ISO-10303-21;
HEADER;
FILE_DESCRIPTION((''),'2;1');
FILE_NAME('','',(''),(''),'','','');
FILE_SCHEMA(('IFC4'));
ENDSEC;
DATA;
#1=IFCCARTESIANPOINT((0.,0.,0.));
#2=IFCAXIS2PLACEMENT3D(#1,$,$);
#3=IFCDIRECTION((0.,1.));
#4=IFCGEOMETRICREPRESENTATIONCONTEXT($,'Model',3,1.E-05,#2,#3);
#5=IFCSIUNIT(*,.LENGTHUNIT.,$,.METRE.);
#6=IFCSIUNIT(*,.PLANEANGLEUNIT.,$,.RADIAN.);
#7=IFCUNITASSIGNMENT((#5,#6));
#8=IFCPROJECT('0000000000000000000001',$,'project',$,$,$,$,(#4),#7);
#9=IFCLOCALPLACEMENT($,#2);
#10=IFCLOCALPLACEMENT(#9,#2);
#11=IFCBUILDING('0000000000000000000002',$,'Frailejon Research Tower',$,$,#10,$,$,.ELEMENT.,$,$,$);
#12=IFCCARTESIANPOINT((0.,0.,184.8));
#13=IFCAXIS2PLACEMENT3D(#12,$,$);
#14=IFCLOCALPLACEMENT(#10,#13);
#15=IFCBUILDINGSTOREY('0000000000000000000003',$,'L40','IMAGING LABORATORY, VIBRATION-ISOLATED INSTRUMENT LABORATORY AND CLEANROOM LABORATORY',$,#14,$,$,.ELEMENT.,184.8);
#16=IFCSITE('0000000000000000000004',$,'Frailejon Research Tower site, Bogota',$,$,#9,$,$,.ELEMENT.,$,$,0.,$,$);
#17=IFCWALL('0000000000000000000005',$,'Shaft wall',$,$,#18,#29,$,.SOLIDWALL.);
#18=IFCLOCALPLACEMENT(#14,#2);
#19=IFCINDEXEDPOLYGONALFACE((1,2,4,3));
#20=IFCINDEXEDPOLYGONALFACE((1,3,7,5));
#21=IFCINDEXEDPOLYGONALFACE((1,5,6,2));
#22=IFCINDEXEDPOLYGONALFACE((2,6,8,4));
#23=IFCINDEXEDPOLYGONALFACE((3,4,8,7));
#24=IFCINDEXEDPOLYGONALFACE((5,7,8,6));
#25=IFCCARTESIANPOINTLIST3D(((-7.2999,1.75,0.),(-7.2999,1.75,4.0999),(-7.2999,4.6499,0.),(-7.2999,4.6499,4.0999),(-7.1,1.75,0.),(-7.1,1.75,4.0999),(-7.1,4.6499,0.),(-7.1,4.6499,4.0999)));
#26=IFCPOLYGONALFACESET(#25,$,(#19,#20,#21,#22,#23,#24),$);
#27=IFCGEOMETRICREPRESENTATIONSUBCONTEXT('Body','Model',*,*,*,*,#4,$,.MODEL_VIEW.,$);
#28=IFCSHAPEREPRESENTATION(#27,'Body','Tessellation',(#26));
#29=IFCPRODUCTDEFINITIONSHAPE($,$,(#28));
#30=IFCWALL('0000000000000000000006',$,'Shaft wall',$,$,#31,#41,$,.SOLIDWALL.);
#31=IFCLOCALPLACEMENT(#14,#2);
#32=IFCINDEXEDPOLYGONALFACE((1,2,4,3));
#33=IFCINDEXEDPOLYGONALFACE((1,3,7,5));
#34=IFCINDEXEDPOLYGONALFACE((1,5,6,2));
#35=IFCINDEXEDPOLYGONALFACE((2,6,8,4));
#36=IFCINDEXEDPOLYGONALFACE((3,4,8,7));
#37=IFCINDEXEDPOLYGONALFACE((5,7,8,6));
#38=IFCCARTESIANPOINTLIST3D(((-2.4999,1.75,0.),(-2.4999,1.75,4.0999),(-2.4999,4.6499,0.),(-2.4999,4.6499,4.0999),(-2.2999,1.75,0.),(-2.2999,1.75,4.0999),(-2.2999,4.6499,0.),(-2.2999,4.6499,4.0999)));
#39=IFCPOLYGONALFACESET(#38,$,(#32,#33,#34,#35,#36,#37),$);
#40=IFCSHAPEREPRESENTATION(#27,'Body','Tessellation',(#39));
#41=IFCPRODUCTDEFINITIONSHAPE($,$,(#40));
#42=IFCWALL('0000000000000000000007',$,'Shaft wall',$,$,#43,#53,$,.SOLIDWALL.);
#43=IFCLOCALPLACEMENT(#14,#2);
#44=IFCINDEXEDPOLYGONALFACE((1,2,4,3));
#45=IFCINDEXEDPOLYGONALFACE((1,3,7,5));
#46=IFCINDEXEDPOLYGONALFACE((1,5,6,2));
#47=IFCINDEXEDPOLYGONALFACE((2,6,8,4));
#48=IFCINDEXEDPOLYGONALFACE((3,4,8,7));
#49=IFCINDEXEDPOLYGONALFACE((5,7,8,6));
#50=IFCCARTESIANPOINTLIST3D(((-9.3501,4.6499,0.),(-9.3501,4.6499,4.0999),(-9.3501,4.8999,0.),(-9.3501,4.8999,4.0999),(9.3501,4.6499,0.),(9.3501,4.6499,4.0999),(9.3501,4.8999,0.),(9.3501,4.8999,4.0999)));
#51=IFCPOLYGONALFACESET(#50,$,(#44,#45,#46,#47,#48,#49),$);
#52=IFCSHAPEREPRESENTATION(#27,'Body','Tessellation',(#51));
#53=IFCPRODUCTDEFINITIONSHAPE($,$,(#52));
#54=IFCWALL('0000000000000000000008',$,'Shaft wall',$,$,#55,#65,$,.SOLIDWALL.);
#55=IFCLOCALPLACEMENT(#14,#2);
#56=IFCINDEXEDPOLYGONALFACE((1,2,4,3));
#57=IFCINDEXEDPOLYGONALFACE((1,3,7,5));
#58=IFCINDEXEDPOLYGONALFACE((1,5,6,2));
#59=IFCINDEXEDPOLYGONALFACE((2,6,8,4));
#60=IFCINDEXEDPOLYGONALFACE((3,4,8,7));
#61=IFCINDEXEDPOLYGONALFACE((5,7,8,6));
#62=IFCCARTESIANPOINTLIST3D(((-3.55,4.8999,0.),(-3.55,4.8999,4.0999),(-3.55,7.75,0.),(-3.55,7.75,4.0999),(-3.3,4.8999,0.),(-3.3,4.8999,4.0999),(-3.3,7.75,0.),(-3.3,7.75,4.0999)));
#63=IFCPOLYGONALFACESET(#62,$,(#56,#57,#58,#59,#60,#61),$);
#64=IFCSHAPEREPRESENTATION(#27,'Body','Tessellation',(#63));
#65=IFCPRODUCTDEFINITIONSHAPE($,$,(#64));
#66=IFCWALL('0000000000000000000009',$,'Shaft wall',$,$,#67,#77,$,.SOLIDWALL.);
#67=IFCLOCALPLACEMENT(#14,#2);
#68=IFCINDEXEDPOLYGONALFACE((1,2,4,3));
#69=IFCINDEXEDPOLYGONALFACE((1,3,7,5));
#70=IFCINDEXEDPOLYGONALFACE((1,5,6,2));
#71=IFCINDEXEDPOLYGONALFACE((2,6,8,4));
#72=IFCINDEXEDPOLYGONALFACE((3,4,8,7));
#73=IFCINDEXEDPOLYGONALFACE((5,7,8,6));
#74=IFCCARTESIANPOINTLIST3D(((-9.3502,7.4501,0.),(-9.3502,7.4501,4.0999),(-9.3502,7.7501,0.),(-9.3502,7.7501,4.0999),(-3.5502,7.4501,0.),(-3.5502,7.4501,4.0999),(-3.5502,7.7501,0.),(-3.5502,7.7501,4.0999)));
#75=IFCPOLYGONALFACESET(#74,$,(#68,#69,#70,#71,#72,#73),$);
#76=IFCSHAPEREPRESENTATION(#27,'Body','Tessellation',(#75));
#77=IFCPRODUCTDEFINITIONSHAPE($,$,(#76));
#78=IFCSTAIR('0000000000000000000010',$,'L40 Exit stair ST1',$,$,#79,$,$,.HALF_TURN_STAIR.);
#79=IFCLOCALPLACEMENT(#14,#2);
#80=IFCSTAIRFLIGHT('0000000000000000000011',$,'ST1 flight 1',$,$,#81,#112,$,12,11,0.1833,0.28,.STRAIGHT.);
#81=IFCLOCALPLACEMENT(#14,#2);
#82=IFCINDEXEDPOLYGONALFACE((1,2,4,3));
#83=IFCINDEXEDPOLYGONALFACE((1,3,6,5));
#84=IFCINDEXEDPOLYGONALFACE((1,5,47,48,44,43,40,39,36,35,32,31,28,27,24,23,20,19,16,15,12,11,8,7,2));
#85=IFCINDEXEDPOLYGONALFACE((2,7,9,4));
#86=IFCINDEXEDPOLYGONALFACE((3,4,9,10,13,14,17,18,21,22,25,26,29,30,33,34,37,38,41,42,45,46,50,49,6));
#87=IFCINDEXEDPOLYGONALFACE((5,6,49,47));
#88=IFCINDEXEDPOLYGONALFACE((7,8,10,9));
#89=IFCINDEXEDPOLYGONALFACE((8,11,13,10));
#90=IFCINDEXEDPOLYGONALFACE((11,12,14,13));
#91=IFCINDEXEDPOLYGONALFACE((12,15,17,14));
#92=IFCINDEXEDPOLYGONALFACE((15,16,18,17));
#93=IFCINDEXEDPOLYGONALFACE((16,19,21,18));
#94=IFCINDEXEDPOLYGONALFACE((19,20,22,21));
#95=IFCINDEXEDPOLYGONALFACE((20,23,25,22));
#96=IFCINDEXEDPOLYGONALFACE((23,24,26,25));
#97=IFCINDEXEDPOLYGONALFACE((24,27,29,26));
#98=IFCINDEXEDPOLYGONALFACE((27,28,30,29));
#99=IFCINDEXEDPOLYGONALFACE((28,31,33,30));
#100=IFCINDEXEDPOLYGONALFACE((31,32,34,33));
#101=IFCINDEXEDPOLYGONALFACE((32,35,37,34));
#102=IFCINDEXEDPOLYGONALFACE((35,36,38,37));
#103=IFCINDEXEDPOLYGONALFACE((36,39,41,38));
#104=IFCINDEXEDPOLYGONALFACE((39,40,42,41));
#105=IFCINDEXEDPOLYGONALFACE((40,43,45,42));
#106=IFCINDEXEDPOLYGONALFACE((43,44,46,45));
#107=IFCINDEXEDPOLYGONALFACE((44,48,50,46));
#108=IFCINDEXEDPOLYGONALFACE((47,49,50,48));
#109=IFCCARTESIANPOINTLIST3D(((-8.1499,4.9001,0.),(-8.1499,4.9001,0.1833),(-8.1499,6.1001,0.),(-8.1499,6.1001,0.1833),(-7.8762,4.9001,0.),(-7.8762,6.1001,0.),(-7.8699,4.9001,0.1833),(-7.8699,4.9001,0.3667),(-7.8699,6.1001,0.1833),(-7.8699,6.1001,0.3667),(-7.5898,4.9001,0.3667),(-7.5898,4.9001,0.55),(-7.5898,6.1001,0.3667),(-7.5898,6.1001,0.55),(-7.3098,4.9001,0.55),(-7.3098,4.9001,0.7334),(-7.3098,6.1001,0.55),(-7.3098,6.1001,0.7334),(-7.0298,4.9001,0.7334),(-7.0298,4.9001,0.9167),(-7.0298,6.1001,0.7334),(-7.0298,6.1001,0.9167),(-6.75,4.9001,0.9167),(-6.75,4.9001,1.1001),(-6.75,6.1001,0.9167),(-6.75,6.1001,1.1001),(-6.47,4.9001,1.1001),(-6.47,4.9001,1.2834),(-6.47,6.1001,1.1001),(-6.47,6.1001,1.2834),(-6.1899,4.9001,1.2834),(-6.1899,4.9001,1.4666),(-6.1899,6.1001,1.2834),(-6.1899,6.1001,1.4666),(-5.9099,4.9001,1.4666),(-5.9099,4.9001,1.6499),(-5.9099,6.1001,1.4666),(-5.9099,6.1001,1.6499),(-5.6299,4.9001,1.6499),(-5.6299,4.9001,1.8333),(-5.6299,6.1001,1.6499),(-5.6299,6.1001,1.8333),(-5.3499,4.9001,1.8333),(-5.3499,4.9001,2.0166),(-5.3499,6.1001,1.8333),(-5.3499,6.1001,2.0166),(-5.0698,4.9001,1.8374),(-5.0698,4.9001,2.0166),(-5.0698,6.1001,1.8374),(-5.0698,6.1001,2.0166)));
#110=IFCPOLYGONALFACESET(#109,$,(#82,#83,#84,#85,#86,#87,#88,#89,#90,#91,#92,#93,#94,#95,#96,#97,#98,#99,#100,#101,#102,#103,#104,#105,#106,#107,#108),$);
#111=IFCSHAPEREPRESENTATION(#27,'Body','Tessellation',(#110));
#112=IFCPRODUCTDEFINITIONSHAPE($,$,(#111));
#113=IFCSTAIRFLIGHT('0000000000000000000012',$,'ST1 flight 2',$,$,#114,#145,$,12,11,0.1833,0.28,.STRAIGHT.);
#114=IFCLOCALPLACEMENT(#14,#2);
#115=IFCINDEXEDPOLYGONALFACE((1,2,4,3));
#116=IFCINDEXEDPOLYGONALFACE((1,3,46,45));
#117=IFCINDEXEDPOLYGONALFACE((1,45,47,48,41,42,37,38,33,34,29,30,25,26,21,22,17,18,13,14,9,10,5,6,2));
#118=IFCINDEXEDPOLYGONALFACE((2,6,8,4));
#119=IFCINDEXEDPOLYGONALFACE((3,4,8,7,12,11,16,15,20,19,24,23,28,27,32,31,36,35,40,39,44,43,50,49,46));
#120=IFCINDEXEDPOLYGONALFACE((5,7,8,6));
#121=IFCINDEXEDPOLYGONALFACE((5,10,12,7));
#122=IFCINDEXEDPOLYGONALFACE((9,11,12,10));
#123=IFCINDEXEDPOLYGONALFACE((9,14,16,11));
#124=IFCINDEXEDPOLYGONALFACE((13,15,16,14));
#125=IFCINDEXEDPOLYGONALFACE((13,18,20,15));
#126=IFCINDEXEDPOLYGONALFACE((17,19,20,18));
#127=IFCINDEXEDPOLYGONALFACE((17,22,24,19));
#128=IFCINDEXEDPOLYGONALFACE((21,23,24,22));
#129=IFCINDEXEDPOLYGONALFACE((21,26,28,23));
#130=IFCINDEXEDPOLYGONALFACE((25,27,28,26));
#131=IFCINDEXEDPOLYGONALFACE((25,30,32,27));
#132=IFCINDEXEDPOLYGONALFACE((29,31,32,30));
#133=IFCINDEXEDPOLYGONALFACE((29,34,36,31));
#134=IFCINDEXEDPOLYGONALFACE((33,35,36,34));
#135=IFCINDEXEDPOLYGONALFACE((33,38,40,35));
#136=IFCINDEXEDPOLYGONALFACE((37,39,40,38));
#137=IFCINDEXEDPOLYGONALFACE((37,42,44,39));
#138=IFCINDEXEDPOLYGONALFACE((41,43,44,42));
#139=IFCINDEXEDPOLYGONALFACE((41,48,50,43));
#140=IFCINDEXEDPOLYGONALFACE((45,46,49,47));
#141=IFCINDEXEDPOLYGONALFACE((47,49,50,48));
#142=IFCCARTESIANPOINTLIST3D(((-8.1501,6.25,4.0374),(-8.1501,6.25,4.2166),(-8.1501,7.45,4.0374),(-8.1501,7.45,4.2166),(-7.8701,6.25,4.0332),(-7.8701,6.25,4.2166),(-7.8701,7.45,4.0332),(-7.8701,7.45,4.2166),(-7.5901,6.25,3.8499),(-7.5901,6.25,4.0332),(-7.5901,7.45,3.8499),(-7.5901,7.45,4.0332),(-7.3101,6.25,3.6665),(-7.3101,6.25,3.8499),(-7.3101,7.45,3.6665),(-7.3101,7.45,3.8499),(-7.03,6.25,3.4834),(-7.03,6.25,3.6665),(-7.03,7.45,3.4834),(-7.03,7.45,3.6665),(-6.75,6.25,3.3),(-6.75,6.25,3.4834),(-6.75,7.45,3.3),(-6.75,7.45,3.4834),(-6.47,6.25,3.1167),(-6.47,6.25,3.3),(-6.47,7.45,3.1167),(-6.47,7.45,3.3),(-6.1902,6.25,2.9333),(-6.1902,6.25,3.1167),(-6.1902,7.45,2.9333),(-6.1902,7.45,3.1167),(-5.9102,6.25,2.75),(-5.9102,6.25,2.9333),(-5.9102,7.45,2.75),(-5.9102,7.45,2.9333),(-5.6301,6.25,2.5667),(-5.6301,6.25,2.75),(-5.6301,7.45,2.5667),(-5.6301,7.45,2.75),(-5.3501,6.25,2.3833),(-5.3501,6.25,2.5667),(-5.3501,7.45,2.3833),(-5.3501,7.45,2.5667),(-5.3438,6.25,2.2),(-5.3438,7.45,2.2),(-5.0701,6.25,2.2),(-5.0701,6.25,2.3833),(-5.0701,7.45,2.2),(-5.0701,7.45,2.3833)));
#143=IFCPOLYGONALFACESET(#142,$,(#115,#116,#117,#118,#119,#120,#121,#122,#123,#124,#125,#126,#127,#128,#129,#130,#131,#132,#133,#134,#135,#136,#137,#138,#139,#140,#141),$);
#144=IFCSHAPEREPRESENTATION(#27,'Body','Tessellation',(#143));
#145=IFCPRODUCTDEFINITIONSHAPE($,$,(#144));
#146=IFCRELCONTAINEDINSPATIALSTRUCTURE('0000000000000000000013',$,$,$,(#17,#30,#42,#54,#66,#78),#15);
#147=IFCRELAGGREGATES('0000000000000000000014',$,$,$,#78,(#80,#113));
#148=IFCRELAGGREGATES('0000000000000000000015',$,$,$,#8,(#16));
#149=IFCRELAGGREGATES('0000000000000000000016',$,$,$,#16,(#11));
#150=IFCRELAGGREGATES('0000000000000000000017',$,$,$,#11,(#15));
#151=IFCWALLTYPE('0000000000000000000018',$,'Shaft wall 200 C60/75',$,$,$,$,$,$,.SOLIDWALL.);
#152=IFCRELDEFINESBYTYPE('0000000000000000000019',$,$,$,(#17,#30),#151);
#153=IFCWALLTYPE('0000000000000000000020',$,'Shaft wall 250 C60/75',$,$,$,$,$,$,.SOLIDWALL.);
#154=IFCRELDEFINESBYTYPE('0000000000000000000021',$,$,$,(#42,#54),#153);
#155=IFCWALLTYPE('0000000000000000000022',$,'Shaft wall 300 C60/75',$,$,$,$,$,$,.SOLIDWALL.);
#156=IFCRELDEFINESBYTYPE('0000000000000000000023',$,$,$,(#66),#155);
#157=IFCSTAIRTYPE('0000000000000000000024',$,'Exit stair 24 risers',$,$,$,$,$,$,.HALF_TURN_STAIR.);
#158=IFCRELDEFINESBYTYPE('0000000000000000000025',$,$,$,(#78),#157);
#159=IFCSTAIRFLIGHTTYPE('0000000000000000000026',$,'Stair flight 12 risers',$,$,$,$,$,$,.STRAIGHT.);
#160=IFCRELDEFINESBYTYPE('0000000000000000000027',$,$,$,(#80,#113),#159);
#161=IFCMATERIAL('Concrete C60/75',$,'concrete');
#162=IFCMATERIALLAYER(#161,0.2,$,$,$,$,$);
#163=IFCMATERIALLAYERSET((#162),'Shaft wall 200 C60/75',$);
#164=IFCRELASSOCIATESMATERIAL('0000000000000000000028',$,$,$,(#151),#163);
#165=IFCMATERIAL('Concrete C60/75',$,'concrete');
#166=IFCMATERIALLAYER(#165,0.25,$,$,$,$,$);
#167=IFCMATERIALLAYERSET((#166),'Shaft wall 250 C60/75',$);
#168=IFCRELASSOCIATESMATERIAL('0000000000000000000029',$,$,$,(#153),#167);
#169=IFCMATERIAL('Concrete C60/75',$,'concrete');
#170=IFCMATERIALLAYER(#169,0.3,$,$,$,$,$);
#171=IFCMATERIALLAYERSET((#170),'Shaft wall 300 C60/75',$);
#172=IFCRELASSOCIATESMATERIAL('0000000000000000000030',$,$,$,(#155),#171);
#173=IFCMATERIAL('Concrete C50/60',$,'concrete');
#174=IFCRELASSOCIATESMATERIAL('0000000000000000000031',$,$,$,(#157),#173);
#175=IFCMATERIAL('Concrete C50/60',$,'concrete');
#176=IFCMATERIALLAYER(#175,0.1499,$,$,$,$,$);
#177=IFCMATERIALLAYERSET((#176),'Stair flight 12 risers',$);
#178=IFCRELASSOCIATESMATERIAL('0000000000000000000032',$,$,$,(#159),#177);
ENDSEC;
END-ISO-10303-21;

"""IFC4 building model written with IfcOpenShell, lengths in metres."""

from ifc_helpers import new_model, si_unit, direction, frame, frame_2d, origin, place, context, subcontext, project, spatial, polyline, rectangle, outline, extrude, material, layer, layer_set, type_object, element, aggregate, save


model = new_model("IFC4")

# Units and contexts
model_context = context("Model", 3, precision=1e-05, world=origin(), true_north=direction((0.0, 1.0)))
body_context = subcontext(model_context, "Body", "Model", "MODEL_VIEW")
ifc_project = project(units=[si_unit("LENGTHUNIT", "METRE"), si_unit("PLANEANGLEUNIT", "RADIAN")], contexts=[model_context])

# Site, building, storey
site_placement = place(None, origin())
site = spatial("IfcSite", under=ifc_project, at=site_placement, Name="Frailejon Research Tower site, Bogota", CompositionType="ELEMENT", RefElevation=0.0)
building_placement = place(site_placement, origin())
building = spatial("IfcBuilding", under=site, at=building_placement, Name="Frailejon Research Tower", CompositionType="ELEMENT")
storey_placement = place(building_placement, frame((0.0, 0.0, 184.8)))
storey = spatial("IfcBuildingStorey", under=building, at=storey_placement, Name="L40", Description="IMAGING LABORATORY, VIBRATION-ISOLATED INSTRUMENT LABORATORY AND CLEANROOM LABORATORY", CompositionType="ELEMENT", Elevation=184.8)

# Walls
ifc_material_1 = material(Name="Concrete C60/75", Category="concrete")
ifc_layer_1 = layer(ifc_material_1, 0.2)
ifc_layer_set_1 = layer_set([ifc_layer_1], Name="Shaft wall 200 C60/75")
wall_type_1 = type_object("IfcWallType", Name="Shaft wall 200 C60/75", PredefinedType="SOLIDWALL", material=ifc_layer_set_1)
for number, where, z_axis, x_axis, name in (
    (1, (-7.2, 1.75, 0.0), (0.0, 0.0, 1.0), (0.0, 1.0, 0.0), "Shaft wall"),
    (2, (-2.3999, 1.75, 0.0), (0.0, 0.0, 1.0), (0.0, 1.0, 0.0), "Shaft wall"),
):
    element("IfcWall", number, at=place(storey_placement, frame(where, z_axis=z_axis, x_axis=x_axis)), inside=storey, type_object=wall_type_1, Name=name, PredefinedType="SOLIDWALL", context=body_context, shape_type="SweptSolid", body=[
        extrude(rectangle(XDim=2.8999, YDim=0.2, at=frame_2d((1.45, 0.0))), origin(), (0.0, 0.0, 1.0), 4.0999),
    ])
ifc_material_2 = material(Name="Concrete C60/75", Category="concrete")
ifc_layer_2 = layer(ifc_material_2, 0.25)
ifc_layer_set_2 = layer_set([ifc_layer_2], Name="Shaft wall 250 C60/75")
wall_type_2 = type_object("IfcWallType", Name="Shaft wall 250 C60/75", PredefinedType="SOLIDWALL", material=ifc_layer_set_2)
wall_1_placement = place(storey_placement, frame((-9.3501, 4.7749, 0.0), z_axis=(0.0, 0.0, 1.0), x_axis=(1.0, 0.0, 0.0)))
element("IfcWall", 3, at=wall_1_placement, inside=storey, type_object=wall_type_2, Name="Shaft wall", PredefinedType="SOLIDWALL", context=body_context, shape_type="SweptSolid", body=[
    extrude(rectangle(XDim=18.7002, YDim=0.25, at=frame_2d((9.3501, 0.0))), origin(), (0.0, 0.0, 1.0), 4.0999),
])
wall_2_placement = place(storey_placement, frame((-3.425, 4.8999, 0.0), z_axis=(0.0, 0.0, 1.0), x_axis=(0.0, 1.0, 0.0)))
element("IfcWall", 4, at=wall_2_placement, inside=storey, type_object=wall_type_2, Name="Shaft wall", PredefinedType="SOLIDWALL", context=body_context, shape_type="SweptSolid", body=[
    extrude(rectangle(XDim=2.8501, YDim=0.25, at=frame_2d((1.425, 0.0))), origin(), (0.0, 0.0, 1.0), 4.0999),
])
ifc_material_3 = material(Name="Concrete C60/75", Category="concrete")
ifc_layer_3 = layer(ifc_material_3, 0.3)
ifc_layer_set_3 = layer_set([ifc_layer_3], Name="Shaft wall 300 C60/75")
wall_type_3 = type_object("IfcWallType", Name="Shaft wall 300 C60/75", PredefinedType="SOLIDWALL", material=ifc_layer_set_3)
wall_3_placement = place(storey_placement, frame((-9.3501, 7.6001, 0.0), z_axis=(0.0, 0.0, 1.0), x_axis=(1.0, 0.0, 0.0)))
element("IfcWall", 5, at=wall_3_placement, inside=storey, type_object=wall_type_3, Name="Shaft wall", PredefinedType="SOLIDWALL", context=body_context, shape_type="SweptSolid", body=[
    extrude(rectangle(XDim=5.8, YDim=0.3, at=frame_2d((2.8999, 0.0))), origin(), (0.0, 0.0, 1.0), 4.0999),
])

# Stair, stair flights
ifc_material_4 = material(Name="Concrete C50/60", Category="concrete")
stair_type = type_object("IfcStairType", Name="Exit stair 24 risers", PredefinedType="HALF_TURN_STAIR", material=ifc_material_4)
stair_placement = place(storey_placement, origin())
stair = element("IfcStair", 6, at=stair_placement, inside=storey, type_object=stair_type, Name="L40 Exit stair ST1", PredefinedType="HALF_TURN_STAIR")
ifc_material_5 = material(Name="Concrete C50/60", Category="concrete")
ifc_layer_4 = layer(ifc_material_5, 0.1499)
ifc_layer_set_4 = layer_set([ifc_layer_4], Name="Stair flight 12 risers")
stair_flight_type = type_object("IfcStairFlightType", Name="Stair flight 12 risers", PredefinedType="STRAIGHT", material=ifc_layer_set_4)
stair_flight_1_placement = place(storey_placement, frame((-8.1499, 5.5, 0.0), z_axis=(0.0, 0.0, 1.0), x_axis=(1.0, 0.0, 0.0)))
stair_flight_1 = element("IfcStairFlight", 7, at=stair_flight_1_placement, type_object=stair_flight_type, Name="ST1 flight 1", NumberOfRisers=12, NumberOfTreads=11, PredefinedType="STRAIGHT", RiserHeight=0.1833, TreadLength=0.28, context=body_context, shape_type="SweptSolid", body=[
    extrude(outline(polyline([(0.0, 0.0), (0.0, 0.1833), (0.28, 0.1833), (0.28, 0.3667), (0.5601, 0.3667), (0.5601, 0.55), (0.8401, 0.55), (0.8401, 0.7334), (1.1201, 0.7334), (1.1201, 0.9167), (1.3999, 0.9167), (1.3999, 1.1001), (1.6799, 1.1001), (1.6799, 1.2834), (1.96, 1.2834), (1.96, 1.4666), (2.24, 1.4666), (2.24, 1.6499), (2.52, 1.6499), (2.52, 1.8333), (2.8, 1.8333), (2.8, 2.0166), (3.0801, 2.0166), (3.0801, 2.2), (3.0801, 1.8374), (0.2737, 0.0), (0.0, 0.0)])), frame((0.0, 0.6001, 0.0), z_axis=(0.0, -1.0, 0.0), x_axis=(1.0, 0.0, 0.0)), (0.0, 0.0, 1.0), 1.2),
])
stair_flight_2_placement = place(storey_placement, frame((-5.0701, 6.8501, 2.2), z_axis=(0.0, 0.0, 1.0), x_axis=(-1.0, 0.0, 0.0)))
stair_flight_2 = element("IfcStairFlight", 8, at=stair_flight_2_placement, type_object=stair_flight_type, Name="ST1 flight 2", NumberOfRisers=12, NumberOfTreads=11, PredefinedType="STRAIGHT", RiserHeight=0.1833, TreadLength=0.28, context=body_context, shape_type="SweptSolid", body=[
    extrude(outline(polyline([(0.0, 0.0), (0.0, 0.1833), (0.28, 0.1833), (0.28, 0.3667), (0.5601, 0.3667), (0.5601, 0.55), (0.8401, 0.55), (0.8401, 0.7334), (1.1201, 0.7334), (1.1201, 0.9167), (1.3999, 0.9167), (1.3999, 1.1001), (1.6799, 1.1001), (1.6799, 1.2834), (1.96, 1.2834), (1.96, 1.4666), (2.24, 1.4666), (2.24, 1.6499), (2.52, 1.6499), (2.52, 1.8333), (2.8, 1.8333), (2.8, 2.0166), (3.0801, 2.0166), (3.0801, 2.2), (3.0801, 1.8374), (0.2737, 0.0), (0.0, 0.0)])), frame((0.0, 0.6001, 0.0), z_axis=(0.0, -1.0, 0.0), x_axis=(1.0, 0.0, 0.0)), (0.0, 0.0, 1.0), 1.2),
])
aggregate(stair, [stair_flight_1, stair_flight_2])

save(model, "model.ifc")
